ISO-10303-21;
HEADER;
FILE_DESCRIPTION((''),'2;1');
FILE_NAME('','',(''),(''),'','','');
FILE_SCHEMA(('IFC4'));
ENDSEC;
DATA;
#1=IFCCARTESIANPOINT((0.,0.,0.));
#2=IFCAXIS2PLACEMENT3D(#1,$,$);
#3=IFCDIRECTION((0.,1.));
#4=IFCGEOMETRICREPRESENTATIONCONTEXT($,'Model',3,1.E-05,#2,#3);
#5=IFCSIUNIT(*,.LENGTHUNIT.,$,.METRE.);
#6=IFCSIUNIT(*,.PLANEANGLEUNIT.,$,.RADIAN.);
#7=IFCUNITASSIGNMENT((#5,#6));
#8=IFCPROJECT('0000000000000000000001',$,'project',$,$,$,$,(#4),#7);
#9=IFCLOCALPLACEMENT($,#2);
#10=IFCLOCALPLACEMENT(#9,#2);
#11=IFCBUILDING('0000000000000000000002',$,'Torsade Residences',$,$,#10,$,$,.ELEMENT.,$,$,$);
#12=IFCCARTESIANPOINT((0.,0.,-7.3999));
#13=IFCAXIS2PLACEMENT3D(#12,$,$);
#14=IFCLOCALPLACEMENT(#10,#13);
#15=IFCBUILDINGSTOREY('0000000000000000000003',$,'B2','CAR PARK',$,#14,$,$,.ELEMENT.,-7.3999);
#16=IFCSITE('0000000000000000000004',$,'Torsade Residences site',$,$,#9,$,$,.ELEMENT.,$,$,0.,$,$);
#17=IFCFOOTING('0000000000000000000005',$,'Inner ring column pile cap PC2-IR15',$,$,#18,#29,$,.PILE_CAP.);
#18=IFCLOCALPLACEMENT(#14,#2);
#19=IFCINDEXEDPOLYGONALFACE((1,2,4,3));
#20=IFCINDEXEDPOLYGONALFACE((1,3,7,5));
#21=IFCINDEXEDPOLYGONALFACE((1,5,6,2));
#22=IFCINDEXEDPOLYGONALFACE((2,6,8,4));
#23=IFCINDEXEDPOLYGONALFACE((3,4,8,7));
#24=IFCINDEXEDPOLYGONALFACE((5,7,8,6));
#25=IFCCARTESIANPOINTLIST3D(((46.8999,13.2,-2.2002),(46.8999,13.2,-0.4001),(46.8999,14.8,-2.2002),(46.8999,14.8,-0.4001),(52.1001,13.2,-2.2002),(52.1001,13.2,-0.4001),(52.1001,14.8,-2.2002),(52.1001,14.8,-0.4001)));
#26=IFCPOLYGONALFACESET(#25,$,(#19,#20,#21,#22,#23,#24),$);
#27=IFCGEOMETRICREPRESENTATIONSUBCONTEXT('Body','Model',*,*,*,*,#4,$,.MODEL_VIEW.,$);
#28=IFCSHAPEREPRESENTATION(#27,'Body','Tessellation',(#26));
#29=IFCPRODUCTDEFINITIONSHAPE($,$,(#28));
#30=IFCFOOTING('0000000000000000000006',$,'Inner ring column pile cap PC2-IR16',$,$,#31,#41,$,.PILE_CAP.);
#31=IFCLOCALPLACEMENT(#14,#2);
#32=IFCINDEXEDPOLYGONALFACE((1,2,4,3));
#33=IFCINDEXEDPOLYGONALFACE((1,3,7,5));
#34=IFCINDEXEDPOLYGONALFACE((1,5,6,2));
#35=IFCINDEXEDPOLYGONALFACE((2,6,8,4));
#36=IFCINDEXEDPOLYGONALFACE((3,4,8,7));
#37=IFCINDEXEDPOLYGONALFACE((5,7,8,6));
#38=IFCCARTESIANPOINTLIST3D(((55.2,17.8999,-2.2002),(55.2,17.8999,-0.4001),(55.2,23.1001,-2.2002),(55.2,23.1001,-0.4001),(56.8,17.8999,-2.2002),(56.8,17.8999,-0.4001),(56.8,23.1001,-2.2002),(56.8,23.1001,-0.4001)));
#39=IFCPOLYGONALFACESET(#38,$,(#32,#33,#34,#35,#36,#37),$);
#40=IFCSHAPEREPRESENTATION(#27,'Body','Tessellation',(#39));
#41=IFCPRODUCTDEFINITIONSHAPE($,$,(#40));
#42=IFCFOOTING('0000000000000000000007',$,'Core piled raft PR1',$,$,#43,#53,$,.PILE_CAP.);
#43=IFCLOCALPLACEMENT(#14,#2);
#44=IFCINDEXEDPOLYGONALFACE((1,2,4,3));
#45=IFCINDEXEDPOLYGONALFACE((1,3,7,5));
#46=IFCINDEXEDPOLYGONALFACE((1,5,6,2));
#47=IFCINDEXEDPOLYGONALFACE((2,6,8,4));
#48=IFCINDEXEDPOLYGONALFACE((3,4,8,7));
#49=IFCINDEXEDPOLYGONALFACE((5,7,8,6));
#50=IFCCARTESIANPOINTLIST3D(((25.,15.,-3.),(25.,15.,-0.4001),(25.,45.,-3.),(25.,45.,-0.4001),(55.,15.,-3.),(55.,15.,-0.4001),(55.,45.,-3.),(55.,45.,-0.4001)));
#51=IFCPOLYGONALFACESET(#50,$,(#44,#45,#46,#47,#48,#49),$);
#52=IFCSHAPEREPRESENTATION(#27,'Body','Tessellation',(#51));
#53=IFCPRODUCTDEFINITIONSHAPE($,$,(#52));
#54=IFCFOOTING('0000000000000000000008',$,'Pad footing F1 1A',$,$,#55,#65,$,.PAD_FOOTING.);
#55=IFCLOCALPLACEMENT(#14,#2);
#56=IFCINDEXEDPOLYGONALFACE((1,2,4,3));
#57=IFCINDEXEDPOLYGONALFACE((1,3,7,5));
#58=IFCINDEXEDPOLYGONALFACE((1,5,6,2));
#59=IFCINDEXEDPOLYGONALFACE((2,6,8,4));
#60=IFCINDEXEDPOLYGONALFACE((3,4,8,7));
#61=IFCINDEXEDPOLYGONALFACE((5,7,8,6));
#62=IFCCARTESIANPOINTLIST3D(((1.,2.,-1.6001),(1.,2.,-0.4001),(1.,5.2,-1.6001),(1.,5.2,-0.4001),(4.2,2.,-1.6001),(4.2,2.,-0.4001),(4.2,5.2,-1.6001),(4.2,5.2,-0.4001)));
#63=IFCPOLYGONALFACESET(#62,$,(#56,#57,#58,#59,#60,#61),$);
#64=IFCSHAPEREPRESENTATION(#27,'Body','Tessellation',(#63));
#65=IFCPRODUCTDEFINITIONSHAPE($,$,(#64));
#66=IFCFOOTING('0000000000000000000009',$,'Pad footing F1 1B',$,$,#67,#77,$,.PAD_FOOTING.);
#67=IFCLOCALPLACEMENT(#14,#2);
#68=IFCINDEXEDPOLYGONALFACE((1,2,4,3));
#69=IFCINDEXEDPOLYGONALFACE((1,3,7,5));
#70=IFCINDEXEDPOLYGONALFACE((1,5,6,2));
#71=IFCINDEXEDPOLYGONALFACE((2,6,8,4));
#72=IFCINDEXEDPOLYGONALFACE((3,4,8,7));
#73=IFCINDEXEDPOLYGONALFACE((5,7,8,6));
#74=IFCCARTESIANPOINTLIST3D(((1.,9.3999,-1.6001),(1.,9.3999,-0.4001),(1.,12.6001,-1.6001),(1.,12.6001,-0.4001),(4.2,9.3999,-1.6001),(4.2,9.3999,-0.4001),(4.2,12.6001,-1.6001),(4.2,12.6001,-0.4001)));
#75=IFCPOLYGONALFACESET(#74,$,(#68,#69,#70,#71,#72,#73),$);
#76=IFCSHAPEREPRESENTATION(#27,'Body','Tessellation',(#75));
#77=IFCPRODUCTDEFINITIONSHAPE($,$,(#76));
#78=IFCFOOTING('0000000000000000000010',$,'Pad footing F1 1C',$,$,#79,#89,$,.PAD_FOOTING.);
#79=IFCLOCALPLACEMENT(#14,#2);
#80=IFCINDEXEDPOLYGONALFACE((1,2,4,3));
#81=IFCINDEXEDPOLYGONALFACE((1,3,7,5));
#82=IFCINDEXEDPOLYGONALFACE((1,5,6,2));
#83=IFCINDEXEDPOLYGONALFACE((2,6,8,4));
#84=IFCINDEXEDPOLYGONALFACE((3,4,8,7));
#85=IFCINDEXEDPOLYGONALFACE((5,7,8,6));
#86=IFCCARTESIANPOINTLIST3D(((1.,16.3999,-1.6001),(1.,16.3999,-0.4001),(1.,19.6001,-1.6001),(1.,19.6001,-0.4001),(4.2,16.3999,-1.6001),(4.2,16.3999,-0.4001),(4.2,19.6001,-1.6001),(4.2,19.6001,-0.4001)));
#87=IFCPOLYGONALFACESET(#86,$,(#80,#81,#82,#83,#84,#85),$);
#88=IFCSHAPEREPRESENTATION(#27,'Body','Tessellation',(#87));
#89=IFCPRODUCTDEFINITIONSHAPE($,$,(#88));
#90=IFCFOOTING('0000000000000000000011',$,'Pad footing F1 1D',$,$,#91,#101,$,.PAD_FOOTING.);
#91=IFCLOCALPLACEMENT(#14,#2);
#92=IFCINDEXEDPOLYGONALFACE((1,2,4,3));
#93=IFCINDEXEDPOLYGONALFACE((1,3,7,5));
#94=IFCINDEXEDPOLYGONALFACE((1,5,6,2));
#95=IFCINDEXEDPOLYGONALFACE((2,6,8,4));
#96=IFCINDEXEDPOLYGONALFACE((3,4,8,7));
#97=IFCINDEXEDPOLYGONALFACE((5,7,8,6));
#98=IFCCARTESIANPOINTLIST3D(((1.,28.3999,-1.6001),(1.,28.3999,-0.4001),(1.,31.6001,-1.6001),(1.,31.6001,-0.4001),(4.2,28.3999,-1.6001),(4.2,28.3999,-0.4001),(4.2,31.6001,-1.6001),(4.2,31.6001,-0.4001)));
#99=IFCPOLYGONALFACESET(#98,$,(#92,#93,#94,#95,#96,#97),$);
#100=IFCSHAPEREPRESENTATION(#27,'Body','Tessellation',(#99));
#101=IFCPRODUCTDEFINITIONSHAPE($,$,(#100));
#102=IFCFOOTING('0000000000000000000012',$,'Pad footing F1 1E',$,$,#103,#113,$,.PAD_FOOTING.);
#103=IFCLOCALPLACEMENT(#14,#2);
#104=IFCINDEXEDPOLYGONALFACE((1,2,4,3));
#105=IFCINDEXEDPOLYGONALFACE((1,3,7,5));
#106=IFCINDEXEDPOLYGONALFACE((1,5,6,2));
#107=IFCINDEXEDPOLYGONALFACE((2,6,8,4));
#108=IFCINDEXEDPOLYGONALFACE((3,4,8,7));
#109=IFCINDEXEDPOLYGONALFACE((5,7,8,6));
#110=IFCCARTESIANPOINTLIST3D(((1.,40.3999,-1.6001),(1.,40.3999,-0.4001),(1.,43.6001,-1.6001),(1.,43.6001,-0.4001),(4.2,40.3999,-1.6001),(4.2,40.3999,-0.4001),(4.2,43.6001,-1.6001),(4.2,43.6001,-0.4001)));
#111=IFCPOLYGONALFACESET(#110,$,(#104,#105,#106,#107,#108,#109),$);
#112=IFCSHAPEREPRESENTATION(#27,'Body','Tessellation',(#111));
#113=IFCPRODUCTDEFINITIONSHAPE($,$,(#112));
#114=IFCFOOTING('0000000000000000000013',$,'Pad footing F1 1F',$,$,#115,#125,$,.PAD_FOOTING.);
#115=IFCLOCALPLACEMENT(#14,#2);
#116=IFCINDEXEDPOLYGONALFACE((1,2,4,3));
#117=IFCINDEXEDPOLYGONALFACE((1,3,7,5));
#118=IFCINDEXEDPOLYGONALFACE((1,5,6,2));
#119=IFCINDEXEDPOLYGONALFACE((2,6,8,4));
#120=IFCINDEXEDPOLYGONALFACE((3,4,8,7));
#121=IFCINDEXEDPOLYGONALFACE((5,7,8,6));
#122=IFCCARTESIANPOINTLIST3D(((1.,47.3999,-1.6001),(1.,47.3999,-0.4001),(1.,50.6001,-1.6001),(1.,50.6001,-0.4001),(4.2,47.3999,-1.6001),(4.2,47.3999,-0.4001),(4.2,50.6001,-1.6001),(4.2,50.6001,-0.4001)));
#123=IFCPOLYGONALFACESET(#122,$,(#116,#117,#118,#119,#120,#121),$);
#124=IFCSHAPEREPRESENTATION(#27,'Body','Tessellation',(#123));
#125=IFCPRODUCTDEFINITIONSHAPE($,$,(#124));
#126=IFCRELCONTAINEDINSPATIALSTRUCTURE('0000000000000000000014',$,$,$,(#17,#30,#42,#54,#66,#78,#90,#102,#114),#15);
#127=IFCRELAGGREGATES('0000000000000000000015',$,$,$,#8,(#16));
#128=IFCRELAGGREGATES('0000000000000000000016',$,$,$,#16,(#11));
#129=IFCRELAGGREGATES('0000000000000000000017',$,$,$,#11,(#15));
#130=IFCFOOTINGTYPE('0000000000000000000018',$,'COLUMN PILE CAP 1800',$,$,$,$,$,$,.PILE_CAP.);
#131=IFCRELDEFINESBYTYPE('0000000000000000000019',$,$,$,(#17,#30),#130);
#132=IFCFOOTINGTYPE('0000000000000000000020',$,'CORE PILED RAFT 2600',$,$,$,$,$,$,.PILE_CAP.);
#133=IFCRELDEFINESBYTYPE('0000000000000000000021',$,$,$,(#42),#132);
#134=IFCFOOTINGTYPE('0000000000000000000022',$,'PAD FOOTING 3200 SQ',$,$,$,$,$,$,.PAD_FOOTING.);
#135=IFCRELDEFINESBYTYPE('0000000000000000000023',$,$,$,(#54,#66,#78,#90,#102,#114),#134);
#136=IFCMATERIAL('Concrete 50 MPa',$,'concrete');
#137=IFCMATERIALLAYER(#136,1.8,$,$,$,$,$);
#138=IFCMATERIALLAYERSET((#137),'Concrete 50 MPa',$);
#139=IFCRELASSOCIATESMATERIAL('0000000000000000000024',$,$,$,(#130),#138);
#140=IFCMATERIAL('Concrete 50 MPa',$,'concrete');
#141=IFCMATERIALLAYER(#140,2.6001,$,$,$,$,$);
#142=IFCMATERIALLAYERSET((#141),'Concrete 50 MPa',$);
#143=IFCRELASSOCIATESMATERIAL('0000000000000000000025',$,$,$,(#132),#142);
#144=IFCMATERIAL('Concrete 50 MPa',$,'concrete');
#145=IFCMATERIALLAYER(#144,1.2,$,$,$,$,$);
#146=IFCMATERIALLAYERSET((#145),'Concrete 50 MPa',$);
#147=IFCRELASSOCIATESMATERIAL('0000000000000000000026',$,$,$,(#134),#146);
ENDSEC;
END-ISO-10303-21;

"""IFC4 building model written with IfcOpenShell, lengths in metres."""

from ifc_helpers import new_model, si_unit, direction, frame, origin, place, context, subcontext, project, spatial, polyline, outline, extrude, material, layer, layer_set, type_object, element, save


model = new_model("IFC4")

# Units and contexts
model_context = context("Model", 3, precision=1e-05, world=origin(), true_north=direction((0.0, 1.0)))
body_context = subcontext(model_context, "Body", "Model", "MODEL_VIEW")
ifc_project = project(units=[si_unit("LENGTHUNIT", "METRE"), si_unit("PLANEANGLEUNIT", "RADIAN")], contexts=[model_context])

# Site, building, storey
site_placement = place(None, origin())
site = spatial("IfcSite", under=ifc_project, at=site_placement, Name="Torsade Residences site", CompositionType="ELEMENT", RefElevation=0.0)
building_placement = place(site_placement, origin())
building = spatial("IfcBuilding", under=site, at=building_placement, Name="Torsade Residences", CompositionType="ELEMENT")
storey_placement = place(building_placement, frame((0.0, 0.0, -7.3999)))
storey = spatial("IfcBuildingStorey", under=building, at=storey_placement, Name="B2", Description="CAR PARK", CompositionType="ELEMENT", Elevation=-7.3999)

# Footings
ifc_material_1 = material(Name="Concrete 50 MPa", Category="concrete")
ifc_layer_1 = layer(ifc_material_1, 1.8)
ifc_layer_set_1 = layer_set([ifc_layer_1], Name="Concrete 50 MPa")
footing_type_1 = type_object("IfcFootingType", Name="COLUMN PILE CAP 1800", PredefinedType="PILE_CAP", material=ifc_layer_set_1)
footing_1_placement = place(storey_placement, frame((0.0, 0.0, -2.2002)))
element("IfcFooting", 1, at=footing_1_placement, inside=storey, type_object=footing_type_1, Name="Inner ring column pile cap PC2-IR15", PredefinedType="PILE_CAP", context=body_context, shape_type="SweptSolid", body=[
    extrude(outline(polyline([(46.8999, 13.2), (52.1001, 13.2), (52.1001, 14.8), (46.8999, 14.8), (46.8999, 13.2)])), origin(), (0.0, 0.0, 1.0), 1.8),
])
footing_2_placement = place(storey_placement, frame((0.0, 0.0, -2.2002)))
element("IfcFooting", 2, at=footing_2_placement, inside=storey, type_object=footing_type_1, Name="Inner ring column pile cap PC2-IR16", PredefinedType="PILE_CAP", context=body_context, shape_type="SweptSolid", body=[
    extrude(outline(polyline([(55.2, 17.8999), (56.8, 17.8999), (56.8, 23.1001), (55.2, 23.1001), (55.2, 17.8999)])), origin(), (0.0, 0.0, 1.0), 1.8),
])
ifc_material_2 = material(Name="Concrete 50 MPa", Category="concrete")
ifc_layer_2 = layer(ifc_material_2, 2.6001)
ifc_layer_set_2 = layer_set([ifc_layer_2], Name="Concrete 50 MPa")
footing_type_2 = type_object("IfcFootingType", Name="CORE PILED RAFT 2600", PredefinedType="PILE_CAP", material=ifc_layer_set_2)
footing_3_placement = place(storey_placement, frame((0.0, 0.0, -3.0)))
element("IfcFooting", 3, at=footing_3_placement, inside=storey, type_object=footing_type_2, Name="Core piled raft PR1", PredefinedType="PILE_CAP", context=body_context, shape_type="SweptSolid", body=[
    extrude(outline(polyline([(25.0, 15.0), (55.0, 15.0), (55.0, 45.0), (25.0, 45.0), (25.0, 15.0)])), origin(), (0.0, 0.0, 1.0), 2.5999),
])
ifc_material_3 = material(Name="Concrete 50 MPa", Category="concrete")
ifc_layer_3 = layer(ifc_material_3, 1.2)
ifc_layer_set_3 = layer_set([ifc_layer_3], Name="Concrete 50 MPa")
footing_type_3 = type_object("IfcFootingType", Name="PAD FOOTING 3200 SQ", PredefinedType="PAD_FOOTING", material=ifc_layer_set_3)
footing_4_placement = place(storey_placement, frame((0.0, 0.0, -1.6001)))
element("IfcFooting", 4, at=footing_4_placement, inside=storey, type_object=footing_type_3, Name="Pad footing F1 1A", PredefinedType="PAD_FOOTING", context=body_context, shape_type="SweptSolid", body=[
    extrude(outline(polyline([(1.0, 2.0), (4.2, 2.0), (4.2, 5.2), (1.0, 5.2), (1.0, 2.0)])), origin(), (0.0, 0.0, 1.0), 1.2),
])
footing_5_placement = place(storey_placement, frame((0.0, 0.0, -1.6001)))
element("IfcFooting", 5, at=footing_5_placement, inside=storey, type_object=footing_type_3, Name="Pad footing F1 1B", PredefinedType="PAD_FOOTING", context=body_context, shape_type="SweptSolid", body=[
    extrude(outline(polyline([(1.0, 9.3999), (4.2, 9.3999), (4.2, 12.6001), (1.0, 12.6001), (1.0, 9.3999)])), origin(), (0.0, 0.0, 1.0), 1.2),
])
footing_6_placement = place(storey_placement, frame((0.0, 0.0, -1.6001)))
element("IfcFooting", 6, at=footing_6_placement, inside=storey, type_object=footing_type_3, Name="Pad footing F1 1C", PredefinedType="PAD_FOOTING", context=body_context, shape_type="SweptSolid", body=[
    extrude(outline(polyline([(1.0, 16.3999), (4.2, 16.3999), (4.2, 19.6001), (1.0, 19.6001), (1.0, 16.3999)])), origin(), (0.0, 0.0, 1.0), 1.2),
])
footing_7_placement = place(storey_placement, frame((0.0, 0.0, -1.6001)))
element("IfcFooting", 7, at=footing_7_placement, inside=storey, type_object=footing_type_3, Name="Pad footing F1 1D", PredefinedType="PAD_FOOTING", context=body_context, shape_type="SweptSolid", body=[
    extrude(outline(polyline([(1.0, 28.3999), (4.2, 28.3999), (4.2, 31.6001), (1.0, 31.6001), (1.0, 28.3999)])), origin(), (0.0, 0.0, 1.0), 1.2),
])
footing_8_placement = place(storey_placement, frame((0.0, 0.0, -1.6001)))
element("IfcFooting", 8, at=footing_8_placement, inside=storey, type_object=footing_type_3, Name="Pad footing F1 1E", PredefinedType="PAD_FOOTING", context=body_context, shape_type="SweptSolid", body=[
    extrude(outline(polyline([(1.0, 40.3999), (4.2, 40.3999), (4.2, 43.6001), (1.0, 43.6001), (1.0, 40.3999)])), origin(), (0.0, 0.0, 1.0), 1.2),
])
footing_9_placement = place(storey_placement, frame((0.0, 0.0, -1.6001)))
element("IfcFooting", 9, at=footing_9_placement, inside=storey, type_object=footing_type_3, Name="Pad footing F1 1F", PredefinedType="PAD_FOOTING", context=body_context, shape_type="SweptSolid", body=[
    extrude(outline(polyline([(1.0, 47.3999), (4.2, 47.3999), (4.2, 50.6001), (1.0, 50.6001), (1.0, 47.3999)])), origin(), (0.0, 0.0, 1.0), 1.2),
])

save(model, "model.ifc")
